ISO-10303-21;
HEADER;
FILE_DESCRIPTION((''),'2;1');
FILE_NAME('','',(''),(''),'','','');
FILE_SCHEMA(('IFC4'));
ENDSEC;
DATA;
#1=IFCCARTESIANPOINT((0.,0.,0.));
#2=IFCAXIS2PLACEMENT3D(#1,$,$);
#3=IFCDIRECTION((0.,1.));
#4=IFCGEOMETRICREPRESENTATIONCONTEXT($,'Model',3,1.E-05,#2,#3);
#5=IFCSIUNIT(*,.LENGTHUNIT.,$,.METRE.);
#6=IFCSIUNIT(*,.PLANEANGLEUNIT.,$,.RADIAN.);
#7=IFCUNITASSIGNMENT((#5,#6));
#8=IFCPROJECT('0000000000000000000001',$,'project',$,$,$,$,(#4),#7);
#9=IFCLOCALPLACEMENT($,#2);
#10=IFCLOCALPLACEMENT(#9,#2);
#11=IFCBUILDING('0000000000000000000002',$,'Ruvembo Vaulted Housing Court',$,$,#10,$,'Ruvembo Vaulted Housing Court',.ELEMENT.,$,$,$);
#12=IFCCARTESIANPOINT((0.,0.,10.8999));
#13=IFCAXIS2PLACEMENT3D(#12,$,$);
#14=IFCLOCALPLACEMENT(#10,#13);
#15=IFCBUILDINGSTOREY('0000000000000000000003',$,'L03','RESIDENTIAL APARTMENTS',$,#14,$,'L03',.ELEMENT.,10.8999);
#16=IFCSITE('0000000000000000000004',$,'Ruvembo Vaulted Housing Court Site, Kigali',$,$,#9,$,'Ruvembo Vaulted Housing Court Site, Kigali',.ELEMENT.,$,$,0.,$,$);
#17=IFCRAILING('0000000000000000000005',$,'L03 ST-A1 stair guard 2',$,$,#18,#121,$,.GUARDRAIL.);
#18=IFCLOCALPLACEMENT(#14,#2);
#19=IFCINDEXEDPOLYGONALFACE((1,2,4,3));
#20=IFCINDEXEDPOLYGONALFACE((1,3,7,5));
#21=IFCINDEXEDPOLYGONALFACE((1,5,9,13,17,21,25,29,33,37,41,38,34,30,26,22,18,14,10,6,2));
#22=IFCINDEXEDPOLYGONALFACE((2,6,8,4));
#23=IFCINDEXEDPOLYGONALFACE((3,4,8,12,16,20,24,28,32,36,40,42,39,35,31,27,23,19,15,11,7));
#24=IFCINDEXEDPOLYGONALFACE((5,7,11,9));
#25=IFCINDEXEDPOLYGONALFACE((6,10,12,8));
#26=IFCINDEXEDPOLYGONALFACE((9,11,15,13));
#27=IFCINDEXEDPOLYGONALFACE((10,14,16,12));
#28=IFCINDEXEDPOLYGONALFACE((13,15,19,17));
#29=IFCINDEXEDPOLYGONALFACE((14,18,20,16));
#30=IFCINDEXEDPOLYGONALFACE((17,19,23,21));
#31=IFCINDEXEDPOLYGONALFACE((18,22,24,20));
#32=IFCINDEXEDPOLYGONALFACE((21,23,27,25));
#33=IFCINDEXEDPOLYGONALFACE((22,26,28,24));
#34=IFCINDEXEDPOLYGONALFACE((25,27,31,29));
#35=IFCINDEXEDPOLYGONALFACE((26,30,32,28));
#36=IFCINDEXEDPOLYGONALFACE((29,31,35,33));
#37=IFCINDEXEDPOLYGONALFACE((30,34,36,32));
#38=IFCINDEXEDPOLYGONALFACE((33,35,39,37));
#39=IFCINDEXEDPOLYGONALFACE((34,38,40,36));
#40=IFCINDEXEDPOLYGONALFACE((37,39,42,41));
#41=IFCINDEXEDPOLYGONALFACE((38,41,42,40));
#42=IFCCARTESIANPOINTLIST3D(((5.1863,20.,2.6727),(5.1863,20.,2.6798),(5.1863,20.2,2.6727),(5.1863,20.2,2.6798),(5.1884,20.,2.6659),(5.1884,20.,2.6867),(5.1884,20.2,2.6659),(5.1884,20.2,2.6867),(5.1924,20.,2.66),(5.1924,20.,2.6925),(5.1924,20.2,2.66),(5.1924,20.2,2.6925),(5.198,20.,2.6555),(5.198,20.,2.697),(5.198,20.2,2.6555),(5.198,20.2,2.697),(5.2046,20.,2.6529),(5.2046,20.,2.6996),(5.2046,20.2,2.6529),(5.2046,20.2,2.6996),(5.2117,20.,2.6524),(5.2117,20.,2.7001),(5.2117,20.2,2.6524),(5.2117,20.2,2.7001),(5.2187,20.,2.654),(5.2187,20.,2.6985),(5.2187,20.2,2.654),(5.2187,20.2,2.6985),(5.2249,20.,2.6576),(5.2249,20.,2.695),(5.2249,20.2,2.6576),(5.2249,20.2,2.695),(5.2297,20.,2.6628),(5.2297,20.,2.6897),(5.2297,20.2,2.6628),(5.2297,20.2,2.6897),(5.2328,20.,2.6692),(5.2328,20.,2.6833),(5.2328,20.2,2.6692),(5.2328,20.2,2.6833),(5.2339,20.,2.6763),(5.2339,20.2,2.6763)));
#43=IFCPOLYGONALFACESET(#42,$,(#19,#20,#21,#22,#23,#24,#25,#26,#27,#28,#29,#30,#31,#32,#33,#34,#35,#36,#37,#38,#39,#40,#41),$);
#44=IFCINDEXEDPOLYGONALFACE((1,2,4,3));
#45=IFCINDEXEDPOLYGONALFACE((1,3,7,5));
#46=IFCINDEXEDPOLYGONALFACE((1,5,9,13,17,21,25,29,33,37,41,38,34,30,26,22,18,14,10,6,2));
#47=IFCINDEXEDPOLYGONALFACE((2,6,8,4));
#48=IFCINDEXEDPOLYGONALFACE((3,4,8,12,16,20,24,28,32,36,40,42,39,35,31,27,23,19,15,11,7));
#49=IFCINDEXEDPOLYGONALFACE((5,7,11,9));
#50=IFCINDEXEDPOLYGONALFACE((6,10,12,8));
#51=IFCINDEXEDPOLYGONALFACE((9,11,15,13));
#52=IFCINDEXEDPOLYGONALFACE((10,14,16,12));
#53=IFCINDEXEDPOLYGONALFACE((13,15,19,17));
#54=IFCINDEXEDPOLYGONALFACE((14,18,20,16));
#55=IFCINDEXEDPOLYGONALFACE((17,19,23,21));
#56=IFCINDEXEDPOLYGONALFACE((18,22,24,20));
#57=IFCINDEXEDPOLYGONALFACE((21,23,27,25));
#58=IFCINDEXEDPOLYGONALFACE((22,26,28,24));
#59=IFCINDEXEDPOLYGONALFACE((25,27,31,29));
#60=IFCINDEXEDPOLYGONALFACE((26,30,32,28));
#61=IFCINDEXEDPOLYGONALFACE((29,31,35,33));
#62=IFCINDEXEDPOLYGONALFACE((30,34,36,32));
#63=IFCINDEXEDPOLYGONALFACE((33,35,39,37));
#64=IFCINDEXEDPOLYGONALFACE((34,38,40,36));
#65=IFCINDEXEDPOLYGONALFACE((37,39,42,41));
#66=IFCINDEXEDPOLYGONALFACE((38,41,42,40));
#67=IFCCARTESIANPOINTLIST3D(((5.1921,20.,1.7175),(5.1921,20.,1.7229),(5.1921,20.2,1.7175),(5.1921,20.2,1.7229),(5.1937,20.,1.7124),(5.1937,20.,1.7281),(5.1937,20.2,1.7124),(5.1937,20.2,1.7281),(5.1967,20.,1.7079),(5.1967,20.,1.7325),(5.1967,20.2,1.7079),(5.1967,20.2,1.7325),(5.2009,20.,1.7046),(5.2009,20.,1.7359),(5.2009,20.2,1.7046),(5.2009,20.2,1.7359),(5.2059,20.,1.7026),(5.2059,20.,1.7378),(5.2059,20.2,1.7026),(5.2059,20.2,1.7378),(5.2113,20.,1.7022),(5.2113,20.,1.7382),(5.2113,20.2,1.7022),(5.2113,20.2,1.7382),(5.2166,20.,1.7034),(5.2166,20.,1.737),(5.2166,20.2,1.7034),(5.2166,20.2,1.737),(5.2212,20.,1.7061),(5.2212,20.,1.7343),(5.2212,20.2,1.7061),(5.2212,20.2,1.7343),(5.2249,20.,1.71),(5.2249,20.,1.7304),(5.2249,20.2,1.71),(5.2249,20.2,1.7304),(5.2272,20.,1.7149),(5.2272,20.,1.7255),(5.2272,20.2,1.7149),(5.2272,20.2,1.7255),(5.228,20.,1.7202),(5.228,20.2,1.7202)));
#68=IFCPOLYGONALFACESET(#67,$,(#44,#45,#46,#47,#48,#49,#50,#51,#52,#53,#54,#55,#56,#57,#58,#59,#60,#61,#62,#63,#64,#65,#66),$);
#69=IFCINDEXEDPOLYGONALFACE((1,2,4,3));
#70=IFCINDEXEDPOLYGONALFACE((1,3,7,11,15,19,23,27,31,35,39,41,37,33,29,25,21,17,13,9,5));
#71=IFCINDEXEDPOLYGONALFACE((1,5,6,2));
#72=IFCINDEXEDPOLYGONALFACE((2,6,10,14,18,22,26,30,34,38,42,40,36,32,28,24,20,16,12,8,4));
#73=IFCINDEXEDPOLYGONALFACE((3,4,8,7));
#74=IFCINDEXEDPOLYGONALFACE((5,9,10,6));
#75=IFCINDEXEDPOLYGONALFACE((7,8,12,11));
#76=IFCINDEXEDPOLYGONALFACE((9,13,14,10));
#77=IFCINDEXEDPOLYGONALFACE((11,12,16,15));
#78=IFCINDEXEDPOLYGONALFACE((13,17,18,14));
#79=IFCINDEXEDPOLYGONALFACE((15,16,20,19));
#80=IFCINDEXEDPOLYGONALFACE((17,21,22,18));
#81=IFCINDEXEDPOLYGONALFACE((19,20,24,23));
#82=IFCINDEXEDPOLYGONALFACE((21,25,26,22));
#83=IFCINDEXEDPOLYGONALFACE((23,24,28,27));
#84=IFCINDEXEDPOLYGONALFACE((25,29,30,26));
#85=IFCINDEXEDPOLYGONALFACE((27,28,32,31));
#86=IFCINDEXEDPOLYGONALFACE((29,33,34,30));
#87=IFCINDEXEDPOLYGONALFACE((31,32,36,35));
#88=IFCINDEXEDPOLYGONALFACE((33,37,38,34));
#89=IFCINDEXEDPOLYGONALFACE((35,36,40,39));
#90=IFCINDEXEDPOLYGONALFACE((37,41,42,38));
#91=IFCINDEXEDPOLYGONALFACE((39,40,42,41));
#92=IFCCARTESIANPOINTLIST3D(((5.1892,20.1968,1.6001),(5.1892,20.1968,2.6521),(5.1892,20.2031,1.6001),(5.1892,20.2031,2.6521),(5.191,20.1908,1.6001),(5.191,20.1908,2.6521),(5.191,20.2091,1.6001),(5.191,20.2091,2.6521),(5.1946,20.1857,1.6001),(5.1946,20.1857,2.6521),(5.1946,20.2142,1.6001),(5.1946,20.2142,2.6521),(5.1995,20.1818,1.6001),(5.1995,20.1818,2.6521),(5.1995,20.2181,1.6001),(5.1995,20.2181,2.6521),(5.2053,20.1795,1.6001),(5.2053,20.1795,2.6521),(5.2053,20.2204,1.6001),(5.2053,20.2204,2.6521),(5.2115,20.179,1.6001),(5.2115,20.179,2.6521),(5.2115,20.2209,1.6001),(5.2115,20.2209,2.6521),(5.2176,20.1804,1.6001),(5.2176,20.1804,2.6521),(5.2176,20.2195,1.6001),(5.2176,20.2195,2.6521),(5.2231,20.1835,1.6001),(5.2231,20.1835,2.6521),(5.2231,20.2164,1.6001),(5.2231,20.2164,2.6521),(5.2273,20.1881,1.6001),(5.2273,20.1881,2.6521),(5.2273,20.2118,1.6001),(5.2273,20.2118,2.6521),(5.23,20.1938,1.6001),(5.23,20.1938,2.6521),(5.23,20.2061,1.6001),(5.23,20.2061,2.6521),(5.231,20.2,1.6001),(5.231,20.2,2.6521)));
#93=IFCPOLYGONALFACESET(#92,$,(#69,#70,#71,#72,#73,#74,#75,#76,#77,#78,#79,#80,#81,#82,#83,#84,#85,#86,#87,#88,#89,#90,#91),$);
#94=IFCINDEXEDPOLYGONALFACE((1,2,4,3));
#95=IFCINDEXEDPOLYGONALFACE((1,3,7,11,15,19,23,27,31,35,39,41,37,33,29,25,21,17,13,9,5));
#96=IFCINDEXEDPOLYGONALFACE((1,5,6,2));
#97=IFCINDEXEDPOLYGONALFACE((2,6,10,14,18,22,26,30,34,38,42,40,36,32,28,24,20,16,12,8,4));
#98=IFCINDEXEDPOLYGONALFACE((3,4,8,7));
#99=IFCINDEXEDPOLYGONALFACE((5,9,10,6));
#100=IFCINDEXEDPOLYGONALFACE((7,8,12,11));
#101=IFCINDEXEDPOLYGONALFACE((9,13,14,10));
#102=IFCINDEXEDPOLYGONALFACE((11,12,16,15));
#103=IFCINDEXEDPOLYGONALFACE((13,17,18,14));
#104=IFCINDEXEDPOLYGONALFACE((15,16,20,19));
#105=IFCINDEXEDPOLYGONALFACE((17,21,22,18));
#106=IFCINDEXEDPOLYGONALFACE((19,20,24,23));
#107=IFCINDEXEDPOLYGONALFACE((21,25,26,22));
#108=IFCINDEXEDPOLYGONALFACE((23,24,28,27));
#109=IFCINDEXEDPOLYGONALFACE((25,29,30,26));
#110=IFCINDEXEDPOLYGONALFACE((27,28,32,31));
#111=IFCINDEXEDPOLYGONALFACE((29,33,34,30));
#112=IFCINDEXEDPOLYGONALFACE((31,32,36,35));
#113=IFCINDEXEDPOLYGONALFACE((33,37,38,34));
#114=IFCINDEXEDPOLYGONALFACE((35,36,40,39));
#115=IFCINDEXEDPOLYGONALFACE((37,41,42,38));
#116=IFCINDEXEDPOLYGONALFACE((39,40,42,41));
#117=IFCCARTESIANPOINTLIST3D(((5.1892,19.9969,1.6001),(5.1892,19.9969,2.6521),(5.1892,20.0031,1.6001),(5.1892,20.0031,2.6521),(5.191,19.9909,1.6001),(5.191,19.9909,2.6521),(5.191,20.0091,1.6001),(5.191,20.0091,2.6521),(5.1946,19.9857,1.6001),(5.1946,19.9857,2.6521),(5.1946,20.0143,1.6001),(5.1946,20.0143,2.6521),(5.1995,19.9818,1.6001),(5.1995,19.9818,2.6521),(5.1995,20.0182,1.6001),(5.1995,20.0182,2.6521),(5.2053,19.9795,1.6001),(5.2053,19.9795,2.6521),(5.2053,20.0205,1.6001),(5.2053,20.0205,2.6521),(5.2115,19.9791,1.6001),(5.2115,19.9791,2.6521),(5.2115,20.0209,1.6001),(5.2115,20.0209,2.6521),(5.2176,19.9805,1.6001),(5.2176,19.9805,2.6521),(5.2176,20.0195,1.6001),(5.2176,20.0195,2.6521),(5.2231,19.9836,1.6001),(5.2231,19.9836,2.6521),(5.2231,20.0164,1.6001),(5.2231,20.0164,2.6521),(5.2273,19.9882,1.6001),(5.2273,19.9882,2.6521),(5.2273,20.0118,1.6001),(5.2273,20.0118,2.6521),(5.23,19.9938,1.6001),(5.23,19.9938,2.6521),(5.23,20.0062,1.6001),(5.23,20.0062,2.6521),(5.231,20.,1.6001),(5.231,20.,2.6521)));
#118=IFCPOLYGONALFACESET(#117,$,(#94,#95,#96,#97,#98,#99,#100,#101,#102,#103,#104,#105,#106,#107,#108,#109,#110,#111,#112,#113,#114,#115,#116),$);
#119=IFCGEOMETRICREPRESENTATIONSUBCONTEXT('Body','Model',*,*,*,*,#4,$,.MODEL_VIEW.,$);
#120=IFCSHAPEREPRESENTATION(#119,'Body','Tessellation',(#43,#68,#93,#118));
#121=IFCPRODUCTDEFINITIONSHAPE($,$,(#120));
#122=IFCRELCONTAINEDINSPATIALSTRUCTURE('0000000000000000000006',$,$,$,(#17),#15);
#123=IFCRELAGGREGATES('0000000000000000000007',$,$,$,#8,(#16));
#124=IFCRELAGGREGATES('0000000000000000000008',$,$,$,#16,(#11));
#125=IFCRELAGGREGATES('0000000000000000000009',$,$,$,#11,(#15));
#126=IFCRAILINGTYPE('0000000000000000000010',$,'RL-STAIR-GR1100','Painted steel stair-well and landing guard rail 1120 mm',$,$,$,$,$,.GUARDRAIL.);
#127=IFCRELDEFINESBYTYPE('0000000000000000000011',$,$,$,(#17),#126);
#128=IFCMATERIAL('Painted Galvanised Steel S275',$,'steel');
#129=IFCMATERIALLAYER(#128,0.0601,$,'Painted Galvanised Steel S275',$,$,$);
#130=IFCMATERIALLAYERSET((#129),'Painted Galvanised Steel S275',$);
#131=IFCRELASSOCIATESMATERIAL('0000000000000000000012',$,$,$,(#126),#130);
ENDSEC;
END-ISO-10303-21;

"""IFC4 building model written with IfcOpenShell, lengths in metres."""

from ifc_helpers import new_model, si_unit, direction, frame, origin, origin_2d, place, context, subcontext, project, spatial, circle, extrude, material, layer, layer_set, type_object, element, save


model = new_model("IFC4")

# Units and contexts
model_context = context("Model", 3, precision=1e-05, world=origin(), true_north=direction((0.0, 1.0)))
body_context = subcontext(model_context, "Body", "Model", "MODEL_VIEW")
ifc_project = project(units=[si_unit("LENGTHUNIT", "METRE"), si_unit("PLANEANGLEUNIT", "RADIAN")], contexts=[model_context])

# Site, building, storey
site_placement = place(None, origin())
site = spatial("IfcSite", under=ifc_project, at=site_placement, Name="Ruvembo Vaulted Housing Court Site, Kigali", LongName="Ruvembo Vaulted Housing Court Site, Kigali", CompositionType="ELEMENT", RefElevation=0.0)
building_placement = place(site_placement, origin())
building = spatial("IfcBuilding", under=site, at=building_placement, Name="Ruvembo Vaulted Housing Court", LongName="Ruvembo Vaulted Housing Court", CompositionType="ELEMENT")
storey_placement = place(building_placement, frame((0.0, 0.0, 10.8999)))
storey = spatial("IfcBuildingStorey", under=building, at=storey_placement, Name="L03", Description="RESIDENTIAL APARTMENTS", LongName="L03", CompositionType="ELEMENT", Elevation=10.8999)

# Railing
ifc_material_1 = material(Name="Painted Galvanised Steel S275", Category="steel")
ifc_layer_1 = layer(ifc_material_1, 0.0601, Name="Painted Galvanised Steel S275")
ifc_layer_set_1 = layer_set([ifc_layer_1], Name="Painted Galvanised Steel S275")
railing_type_1 = type_object("IfcRailingType", Name="RL-STAIR-GR1100", Description="Painted steel stair-well and landing guard rail 1120 mm", PredefinedType="GUARDRAIL", material=ifc_layer_set_1)
railing_1_placement = place(storey_placement, frame((5.21, 20.2, 1.6001)))
element("IfcRailing", 1, at=railing_1_placement, inside=storey, type_object=railing_type_1, Name="L03 ST-A1 stair guard 2", PredefinedType="GUARDRAIL", context=body_context, shape_type="SweptSolid", body=[
    extrude(circle(Radius=0.0239, at=origin_2d()), frame((0.0, 0.0, 1.0762), z_axis=(0.0, -1.0, 0.0), x_axis=(1.0, 0.0, 0.0)), (0.0, 0.0, 1.0), 0.2),
    extrude(circle(Radius=0.0181, at=origin_2d()), frame((0.0, 0.0, 0.1201), z_axis=(0.0, -1.0, 0.0), x_axis=(1.0, 0.0, 0.0)), (0.0, 0.0, 1.0), 0.2),
    extrude(circle(Radius=0.021, at=origin_2d()), origin(), (0.0, 0.0, 1.0), 1.052),
    extrude(circle(Radius=0.021, at=origin_2d()), frame((0.0, -0.2, 0.0)), (0.0, 0.0, 1.0), 1.052),
])

save(model, "model.ifc")
